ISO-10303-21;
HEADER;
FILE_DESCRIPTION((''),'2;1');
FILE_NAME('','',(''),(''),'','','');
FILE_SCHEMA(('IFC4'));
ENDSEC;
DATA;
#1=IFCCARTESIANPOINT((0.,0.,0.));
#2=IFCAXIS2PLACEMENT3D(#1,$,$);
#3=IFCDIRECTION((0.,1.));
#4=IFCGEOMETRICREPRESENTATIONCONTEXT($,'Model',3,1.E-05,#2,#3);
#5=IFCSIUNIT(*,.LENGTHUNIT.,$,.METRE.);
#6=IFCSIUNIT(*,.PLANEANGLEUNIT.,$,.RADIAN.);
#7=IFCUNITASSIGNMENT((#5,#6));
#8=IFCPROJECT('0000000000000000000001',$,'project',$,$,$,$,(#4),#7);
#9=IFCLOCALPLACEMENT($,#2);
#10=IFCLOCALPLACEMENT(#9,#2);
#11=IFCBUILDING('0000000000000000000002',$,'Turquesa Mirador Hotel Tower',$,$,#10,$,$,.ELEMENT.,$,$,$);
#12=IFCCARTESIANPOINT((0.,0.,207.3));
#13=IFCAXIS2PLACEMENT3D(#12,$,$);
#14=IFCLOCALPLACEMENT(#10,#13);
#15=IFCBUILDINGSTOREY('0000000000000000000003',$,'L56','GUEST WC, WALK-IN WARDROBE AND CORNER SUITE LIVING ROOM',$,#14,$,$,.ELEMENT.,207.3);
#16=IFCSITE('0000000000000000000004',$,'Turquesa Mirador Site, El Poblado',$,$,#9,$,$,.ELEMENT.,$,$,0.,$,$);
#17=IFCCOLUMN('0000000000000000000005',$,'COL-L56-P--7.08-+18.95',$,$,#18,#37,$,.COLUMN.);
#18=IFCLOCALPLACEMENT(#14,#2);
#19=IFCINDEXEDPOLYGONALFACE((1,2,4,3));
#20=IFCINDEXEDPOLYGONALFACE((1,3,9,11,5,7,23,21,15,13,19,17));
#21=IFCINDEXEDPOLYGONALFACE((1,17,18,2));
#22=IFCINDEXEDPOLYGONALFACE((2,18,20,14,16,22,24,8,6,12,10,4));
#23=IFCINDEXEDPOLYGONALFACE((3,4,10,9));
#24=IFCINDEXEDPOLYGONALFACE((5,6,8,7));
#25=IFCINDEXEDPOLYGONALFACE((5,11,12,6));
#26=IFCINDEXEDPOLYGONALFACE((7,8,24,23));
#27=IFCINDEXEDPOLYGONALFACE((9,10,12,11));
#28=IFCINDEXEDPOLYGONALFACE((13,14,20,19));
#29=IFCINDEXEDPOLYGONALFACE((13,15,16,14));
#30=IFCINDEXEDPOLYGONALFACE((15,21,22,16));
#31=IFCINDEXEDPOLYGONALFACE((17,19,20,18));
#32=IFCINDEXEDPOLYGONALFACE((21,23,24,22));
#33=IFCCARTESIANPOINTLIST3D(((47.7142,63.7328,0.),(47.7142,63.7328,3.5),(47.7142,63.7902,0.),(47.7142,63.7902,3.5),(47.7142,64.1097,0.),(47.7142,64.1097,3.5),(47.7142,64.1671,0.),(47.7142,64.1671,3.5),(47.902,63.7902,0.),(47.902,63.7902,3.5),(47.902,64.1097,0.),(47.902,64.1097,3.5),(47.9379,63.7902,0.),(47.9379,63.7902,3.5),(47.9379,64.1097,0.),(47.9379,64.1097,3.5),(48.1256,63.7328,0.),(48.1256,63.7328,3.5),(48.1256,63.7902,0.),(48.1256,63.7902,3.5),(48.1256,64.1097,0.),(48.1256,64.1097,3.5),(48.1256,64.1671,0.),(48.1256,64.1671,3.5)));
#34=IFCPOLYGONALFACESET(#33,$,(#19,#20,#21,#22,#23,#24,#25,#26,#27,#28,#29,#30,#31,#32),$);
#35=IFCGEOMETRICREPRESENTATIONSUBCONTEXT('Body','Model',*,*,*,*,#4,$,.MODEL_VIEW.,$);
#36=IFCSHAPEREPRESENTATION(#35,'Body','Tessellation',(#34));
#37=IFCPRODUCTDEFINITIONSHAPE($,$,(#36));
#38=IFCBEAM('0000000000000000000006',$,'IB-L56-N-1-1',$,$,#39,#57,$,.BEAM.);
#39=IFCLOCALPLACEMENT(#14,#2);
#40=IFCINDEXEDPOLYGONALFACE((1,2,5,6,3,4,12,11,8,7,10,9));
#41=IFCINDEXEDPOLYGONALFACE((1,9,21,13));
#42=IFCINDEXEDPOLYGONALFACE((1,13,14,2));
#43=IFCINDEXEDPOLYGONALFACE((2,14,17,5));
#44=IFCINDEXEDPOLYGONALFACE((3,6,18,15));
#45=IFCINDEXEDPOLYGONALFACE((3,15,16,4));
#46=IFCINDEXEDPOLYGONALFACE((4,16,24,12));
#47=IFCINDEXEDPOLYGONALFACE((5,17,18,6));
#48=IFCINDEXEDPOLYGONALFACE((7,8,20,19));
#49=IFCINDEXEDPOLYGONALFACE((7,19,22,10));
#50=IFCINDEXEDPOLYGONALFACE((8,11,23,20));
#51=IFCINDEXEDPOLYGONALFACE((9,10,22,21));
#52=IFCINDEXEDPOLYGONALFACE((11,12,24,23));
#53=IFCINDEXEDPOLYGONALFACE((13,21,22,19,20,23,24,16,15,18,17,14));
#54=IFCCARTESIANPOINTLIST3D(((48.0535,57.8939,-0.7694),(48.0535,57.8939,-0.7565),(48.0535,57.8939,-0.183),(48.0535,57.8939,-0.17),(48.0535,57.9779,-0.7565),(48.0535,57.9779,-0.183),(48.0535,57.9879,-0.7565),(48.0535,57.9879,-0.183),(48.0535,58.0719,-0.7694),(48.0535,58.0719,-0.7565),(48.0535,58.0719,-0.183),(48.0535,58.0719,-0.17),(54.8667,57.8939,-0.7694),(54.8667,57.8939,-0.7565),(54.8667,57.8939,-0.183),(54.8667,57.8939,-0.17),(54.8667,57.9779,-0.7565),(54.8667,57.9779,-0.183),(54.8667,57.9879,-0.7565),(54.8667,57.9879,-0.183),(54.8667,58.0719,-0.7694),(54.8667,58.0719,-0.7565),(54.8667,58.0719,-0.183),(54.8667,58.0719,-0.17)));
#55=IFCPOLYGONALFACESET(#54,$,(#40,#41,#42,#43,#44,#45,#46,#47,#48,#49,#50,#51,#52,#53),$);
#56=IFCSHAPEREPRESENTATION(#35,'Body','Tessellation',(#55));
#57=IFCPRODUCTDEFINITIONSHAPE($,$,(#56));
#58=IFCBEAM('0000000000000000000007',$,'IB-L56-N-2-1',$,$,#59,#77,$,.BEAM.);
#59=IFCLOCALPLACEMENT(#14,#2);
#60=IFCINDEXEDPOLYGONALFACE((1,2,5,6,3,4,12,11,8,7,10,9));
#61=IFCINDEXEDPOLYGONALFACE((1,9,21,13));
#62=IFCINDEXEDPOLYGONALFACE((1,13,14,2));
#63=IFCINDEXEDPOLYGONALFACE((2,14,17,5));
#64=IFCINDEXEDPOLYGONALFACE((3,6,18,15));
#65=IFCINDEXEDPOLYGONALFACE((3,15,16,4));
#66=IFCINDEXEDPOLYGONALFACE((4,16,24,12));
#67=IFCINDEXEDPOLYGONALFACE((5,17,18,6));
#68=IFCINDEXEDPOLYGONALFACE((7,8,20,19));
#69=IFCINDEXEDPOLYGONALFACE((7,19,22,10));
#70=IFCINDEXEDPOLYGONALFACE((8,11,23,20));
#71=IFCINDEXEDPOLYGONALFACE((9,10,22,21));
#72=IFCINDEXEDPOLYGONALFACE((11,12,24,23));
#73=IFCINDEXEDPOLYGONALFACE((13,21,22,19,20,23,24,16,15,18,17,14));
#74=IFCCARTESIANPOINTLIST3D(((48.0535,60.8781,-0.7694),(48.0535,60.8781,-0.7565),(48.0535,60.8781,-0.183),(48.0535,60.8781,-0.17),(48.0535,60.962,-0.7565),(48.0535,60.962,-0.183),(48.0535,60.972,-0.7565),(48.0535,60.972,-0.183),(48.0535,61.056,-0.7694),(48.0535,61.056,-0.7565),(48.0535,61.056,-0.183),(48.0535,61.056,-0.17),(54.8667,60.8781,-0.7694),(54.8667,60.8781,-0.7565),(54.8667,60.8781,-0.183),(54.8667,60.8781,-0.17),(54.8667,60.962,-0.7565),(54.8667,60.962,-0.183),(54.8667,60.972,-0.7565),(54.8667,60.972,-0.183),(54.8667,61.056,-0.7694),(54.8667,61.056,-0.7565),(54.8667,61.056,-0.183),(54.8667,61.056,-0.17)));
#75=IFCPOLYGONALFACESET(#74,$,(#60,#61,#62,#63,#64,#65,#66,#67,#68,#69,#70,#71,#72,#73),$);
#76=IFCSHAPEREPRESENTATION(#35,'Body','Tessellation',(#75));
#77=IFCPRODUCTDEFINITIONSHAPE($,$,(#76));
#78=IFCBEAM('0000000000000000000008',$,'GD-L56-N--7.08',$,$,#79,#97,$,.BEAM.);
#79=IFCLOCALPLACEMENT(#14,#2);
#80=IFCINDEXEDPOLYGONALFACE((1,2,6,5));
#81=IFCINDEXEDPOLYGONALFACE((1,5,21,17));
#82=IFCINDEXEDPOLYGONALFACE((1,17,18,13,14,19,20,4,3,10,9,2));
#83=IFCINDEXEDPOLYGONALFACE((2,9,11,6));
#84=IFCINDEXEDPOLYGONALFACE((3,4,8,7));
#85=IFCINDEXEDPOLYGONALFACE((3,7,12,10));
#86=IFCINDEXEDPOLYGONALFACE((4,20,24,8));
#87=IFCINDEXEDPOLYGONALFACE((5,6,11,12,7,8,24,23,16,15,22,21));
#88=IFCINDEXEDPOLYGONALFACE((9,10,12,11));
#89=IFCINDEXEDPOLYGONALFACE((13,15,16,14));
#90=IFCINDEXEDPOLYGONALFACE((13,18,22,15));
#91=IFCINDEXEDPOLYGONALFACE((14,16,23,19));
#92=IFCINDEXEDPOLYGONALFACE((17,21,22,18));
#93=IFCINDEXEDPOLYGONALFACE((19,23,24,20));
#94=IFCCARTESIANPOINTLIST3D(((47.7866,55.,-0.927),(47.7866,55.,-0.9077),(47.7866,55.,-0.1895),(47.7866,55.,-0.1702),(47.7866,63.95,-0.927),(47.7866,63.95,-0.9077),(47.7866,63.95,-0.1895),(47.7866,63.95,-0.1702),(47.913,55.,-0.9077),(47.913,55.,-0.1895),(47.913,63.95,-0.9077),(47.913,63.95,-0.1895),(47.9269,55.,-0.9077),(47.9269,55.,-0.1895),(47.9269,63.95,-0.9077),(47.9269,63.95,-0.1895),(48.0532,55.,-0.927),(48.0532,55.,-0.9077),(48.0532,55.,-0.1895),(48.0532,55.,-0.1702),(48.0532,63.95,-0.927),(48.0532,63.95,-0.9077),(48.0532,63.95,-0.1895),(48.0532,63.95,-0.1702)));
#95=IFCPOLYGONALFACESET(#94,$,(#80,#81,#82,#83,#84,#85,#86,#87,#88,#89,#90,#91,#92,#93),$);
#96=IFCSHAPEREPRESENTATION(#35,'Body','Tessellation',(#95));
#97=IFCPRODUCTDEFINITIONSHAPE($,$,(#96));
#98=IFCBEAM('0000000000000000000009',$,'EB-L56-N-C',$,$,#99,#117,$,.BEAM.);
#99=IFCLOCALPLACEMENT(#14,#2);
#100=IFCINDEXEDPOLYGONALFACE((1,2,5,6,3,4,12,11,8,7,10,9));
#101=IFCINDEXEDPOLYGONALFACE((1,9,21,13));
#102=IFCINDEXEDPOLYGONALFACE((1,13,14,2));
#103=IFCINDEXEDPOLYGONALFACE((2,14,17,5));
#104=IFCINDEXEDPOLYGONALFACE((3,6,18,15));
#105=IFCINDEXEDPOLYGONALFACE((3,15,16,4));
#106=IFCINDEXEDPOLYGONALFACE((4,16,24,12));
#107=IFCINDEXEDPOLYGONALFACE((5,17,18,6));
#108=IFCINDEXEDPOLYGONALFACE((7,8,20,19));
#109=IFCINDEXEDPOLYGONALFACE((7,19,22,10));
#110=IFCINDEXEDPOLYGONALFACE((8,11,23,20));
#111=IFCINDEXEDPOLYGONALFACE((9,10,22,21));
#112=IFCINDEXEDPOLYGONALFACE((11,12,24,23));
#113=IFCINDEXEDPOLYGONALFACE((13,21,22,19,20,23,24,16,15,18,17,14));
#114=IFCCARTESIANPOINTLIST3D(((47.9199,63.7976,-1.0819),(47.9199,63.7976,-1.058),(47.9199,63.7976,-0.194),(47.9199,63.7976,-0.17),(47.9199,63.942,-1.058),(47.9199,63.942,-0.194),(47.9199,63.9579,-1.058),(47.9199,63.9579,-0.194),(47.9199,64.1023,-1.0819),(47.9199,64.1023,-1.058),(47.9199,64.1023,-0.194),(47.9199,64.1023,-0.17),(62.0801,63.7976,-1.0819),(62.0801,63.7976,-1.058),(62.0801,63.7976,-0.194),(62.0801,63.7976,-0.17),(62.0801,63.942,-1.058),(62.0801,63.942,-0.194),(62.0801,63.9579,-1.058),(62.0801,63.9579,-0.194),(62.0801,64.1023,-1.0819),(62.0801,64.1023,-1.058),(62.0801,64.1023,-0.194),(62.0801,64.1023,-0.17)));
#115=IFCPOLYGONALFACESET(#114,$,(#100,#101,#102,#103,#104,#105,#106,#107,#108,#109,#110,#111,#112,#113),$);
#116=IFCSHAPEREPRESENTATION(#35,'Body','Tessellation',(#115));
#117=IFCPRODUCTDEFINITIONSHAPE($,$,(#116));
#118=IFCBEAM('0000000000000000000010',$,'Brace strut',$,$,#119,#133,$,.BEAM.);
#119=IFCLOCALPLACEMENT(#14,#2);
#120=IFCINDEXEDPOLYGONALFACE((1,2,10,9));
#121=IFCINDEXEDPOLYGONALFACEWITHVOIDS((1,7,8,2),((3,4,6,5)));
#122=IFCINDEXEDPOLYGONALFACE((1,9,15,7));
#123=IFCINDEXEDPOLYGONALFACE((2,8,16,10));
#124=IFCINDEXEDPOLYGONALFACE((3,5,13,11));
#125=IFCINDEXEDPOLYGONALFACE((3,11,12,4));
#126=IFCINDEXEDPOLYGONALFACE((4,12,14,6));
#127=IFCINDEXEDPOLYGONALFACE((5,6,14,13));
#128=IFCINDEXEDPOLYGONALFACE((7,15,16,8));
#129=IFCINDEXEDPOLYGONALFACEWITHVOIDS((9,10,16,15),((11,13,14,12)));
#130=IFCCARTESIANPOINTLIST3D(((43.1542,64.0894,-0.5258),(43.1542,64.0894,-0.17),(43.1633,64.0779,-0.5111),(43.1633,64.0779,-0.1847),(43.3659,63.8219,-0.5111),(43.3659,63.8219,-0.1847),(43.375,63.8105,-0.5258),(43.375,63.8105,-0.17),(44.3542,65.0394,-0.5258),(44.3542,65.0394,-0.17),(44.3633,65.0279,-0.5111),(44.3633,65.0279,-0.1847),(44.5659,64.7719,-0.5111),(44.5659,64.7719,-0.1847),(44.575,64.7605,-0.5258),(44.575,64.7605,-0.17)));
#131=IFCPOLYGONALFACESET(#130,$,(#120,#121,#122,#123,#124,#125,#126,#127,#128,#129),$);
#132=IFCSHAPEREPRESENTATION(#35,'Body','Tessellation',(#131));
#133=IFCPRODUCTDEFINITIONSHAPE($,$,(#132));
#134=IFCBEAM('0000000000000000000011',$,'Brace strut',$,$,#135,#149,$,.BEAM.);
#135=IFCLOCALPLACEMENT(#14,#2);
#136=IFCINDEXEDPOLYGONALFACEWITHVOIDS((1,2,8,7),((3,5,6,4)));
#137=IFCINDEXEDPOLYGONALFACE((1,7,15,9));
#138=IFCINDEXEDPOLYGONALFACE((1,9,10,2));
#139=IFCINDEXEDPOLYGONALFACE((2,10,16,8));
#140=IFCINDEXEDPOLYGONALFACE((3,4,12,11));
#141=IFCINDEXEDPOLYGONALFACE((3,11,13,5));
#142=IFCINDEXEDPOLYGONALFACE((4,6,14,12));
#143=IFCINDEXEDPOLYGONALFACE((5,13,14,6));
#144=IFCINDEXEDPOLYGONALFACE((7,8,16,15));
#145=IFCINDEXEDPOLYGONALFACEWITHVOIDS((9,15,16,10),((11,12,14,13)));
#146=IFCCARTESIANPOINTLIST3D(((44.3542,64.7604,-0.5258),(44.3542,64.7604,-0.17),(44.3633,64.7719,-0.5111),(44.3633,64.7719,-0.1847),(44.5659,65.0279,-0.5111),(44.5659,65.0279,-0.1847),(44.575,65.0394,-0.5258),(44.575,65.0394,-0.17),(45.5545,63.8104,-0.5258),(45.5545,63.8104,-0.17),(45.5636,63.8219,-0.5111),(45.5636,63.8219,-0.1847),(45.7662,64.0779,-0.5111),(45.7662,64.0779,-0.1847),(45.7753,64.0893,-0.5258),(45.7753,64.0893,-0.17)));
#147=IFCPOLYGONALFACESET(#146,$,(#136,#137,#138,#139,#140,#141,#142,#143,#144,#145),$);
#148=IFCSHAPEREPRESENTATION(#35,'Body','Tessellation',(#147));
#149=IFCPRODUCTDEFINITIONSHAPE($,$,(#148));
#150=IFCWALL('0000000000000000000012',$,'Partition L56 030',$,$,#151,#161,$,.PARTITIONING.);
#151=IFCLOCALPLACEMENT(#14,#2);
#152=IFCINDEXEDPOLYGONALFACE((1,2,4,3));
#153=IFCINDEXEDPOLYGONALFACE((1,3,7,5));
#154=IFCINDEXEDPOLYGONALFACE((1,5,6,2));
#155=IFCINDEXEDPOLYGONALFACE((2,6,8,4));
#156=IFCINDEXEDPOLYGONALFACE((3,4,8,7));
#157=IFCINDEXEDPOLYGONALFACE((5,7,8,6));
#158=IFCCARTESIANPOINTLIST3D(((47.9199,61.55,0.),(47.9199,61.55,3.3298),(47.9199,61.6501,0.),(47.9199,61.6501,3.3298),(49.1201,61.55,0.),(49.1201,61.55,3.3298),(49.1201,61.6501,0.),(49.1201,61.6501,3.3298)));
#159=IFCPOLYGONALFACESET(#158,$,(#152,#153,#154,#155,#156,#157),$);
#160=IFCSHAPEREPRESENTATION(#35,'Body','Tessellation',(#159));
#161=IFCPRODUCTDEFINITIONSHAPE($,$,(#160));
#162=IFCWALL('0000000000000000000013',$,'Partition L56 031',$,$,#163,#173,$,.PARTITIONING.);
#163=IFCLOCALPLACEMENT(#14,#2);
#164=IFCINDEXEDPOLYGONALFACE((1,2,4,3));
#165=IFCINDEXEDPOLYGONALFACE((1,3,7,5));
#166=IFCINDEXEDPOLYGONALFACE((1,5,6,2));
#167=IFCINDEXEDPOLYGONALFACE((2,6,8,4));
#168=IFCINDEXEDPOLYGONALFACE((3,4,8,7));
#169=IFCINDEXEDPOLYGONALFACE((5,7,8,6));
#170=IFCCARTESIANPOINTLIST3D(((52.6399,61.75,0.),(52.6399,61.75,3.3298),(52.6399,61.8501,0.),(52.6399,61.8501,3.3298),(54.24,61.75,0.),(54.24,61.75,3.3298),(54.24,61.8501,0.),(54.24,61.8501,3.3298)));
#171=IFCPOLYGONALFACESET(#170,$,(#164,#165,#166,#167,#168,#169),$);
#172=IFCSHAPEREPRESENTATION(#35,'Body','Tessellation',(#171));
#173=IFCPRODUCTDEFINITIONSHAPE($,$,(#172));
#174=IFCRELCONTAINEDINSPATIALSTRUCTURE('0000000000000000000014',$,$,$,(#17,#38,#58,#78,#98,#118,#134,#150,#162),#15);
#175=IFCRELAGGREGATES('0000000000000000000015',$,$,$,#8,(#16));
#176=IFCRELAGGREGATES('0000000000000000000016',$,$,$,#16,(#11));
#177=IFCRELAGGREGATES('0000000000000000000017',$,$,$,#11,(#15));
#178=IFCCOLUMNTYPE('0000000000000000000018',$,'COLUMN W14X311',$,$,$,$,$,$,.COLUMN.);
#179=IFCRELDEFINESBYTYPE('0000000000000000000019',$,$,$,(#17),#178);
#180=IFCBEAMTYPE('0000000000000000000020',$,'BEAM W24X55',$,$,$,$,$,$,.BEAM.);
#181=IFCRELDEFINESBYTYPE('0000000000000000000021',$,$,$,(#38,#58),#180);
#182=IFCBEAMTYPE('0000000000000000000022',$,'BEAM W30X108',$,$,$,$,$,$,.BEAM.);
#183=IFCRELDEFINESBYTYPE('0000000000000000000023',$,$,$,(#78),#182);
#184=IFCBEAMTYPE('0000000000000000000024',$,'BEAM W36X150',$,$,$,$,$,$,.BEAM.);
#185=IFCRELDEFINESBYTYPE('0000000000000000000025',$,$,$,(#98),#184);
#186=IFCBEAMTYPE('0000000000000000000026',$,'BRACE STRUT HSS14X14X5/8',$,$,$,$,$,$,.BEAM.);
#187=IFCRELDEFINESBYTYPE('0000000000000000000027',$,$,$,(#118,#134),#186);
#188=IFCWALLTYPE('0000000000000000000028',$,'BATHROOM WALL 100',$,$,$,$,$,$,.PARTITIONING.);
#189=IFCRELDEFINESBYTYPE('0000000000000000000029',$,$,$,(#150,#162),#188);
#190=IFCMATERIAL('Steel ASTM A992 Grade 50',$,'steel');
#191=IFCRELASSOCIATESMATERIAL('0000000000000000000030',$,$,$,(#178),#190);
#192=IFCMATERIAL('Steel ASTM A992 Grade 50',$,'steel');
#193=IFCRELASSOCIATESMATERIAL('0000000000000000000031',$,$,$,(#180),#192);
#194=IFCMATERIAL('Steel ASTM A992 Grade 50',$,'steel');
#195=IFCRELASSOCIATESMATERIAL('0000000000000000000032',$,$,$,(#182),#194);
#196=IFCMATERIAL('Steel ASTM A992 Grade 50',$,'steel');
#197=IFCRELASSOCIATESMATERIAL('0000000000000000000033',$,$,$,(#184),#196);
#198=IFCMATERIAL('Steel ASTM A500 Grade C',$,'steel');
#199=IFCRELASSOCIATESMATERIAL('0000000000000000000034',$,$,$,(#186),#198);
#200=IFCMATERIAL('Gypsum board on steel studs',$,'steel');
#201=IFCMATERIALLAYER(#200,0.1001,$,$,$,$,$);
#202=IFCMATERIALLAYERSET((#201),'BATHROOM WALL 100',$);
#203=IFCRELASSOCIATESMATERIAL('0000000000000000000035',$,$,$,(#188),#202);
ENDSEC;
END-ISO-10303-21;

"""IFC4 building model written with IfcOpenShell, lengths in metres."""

from ifc_helpers import new_model, si_unit, direction, frame, frame_2d, origin, origin_2d, place, context, subcontext, project, spatial, rectangle, hollow_rectangle, i_section, extrude, material, layer, layer_set, material_profile, profile_set, type_object, element, save


model = new_model("IFC4")

# Units and contexts
model_context = context("Model", 3, precision=1e-05, world=origin(), true_north=direction((0.0, 1.0)))
body_context = subcontext(model_context, "Body", "Model", "MODEL_VIEW")
ifc_project = project(units=[si_unit("LENGTHUNIT", "METRE"), si_unit("PLANEANGLEUNIT", "RADIAN")], contexts=[model_context])

# Site, building, storey
site_placement = place(None, origin())
site = spatial("IfcSite", under=ifc_project, at=site_placement, Name="Turquesa Mirador Site, El Poblado", CompositionType="ELEMENT", RefElevation=0.0)
building_placement = place(site_placement, origin())
building = spatial("IfcBuilding", under=site, at=building_placement, Name="Turquesa Mirador Hotel Tower", CompositionType="ELEMENT")
storey_placement = place(building_placement, frame((0.0, 0.0, 207.3)))
storey = spatial("IfcBuildingStorey", under=building, at=storey_placement, Name="L56", Description="GUEST WC, WALK-IN WARDROBE AND CORNER SUITE LIVING ROOM", CompositionType="ELEMENT", Elevation=207.3)

# Column
ifc_material_1 = material(Name="Steel ASTM A992 Grade 50", Category="steel")
ifc_material_profile_1 = material_profile(ifc_material_1, i_section(OverallWidth=0.4114, OverallDepth=0.4343, WebThickness=0.0359, FlangeThickness=0.0574, at=origin_2d()), Name="W14X311")
ifc_profile_set_1 = profile_set([ifc_material_profile_1], Name="Steel ASTM A992 Grade 50")
column_type = type_object("IfcColumnType", Name="COLUMN W14X311", PredefinedType="COLUMN", material=ifc_profile_set_1)
column_placement = place(storey_placement, frame((47.9199, 63.95, 0.0), z_axis=(0.0, 0.0, 1.0), x_axis=(1.0, 0.0, 0.0)))
element("IfcColumn", 1, at=column_placement, inside=storey, type_object=column_type, Name="COL-L56-P--7.08-+18.95", PredefinedType="COLUMN", context=body_context, shape_type="SweptSolid", body=[
    extrude(i_section(OverallWidth=0.4114, OverallDepth=0.4343, WebThickness=0.0359, FlangeThickness=0.0574, at=origin_2d()), origin(), (0.0, 0.0, 1.0), 3.5),
])

# Beams
ifc_material_2 = material(Name="Steel ASTM A992 Grade 50", Category="steel")
ifc_material_profile_2 = material_profile(ifc_material_2, i_section(OverallWidth=0.178, OverallDepth=0.5994, WebThickness=0.01, FlangeThickness=0.0129, at=origin_2d()), Name="W24X55")
ifc_profile_set_2 = profile_set([ifc_material_profile_2], Name="Steel ASTM A992 Grade 50")
beam_type_1 = type_object("IfcBeamType", Name="BEAM W24X55", PredefinedType="BEAM", material=ifc_profile_set_2)
for number, where, z_axis, x_axis, name in (
    (2, (48.0535, 57.9829, -0.4697), (1.0, 0.0, 0.0), (0.0, 1.0, 0.0), "IB-L56-N-1-1"),
    (3, (48.0535, 60.967, -0.4697), (1.0, 0.0, 0.0), (0.0, 1.0, 0.0), "IB-L56-N-2-1"),
):
    element("IfcBeam", number, at=place(storey_placement, frame(where, z_axis=z_axis, x_axis=x_axis)), inside=storey, type_object=beam_type_1, Name=name, PredefinedType="BEAM", context=body_context, shape_type="SweptSolid", body=[
        extrude(i_section(OverallWidth=0.178, OverallDepth=0.5994, WebThickness=0.01, FlangeThickness=0.0129, at=origin_2d()), origin(), (0.0, 0.0, 1.0), 6.8132),
    ])
ifc_material_3 = material(Name="Steel ASTM A992 Grade 50", Category="steel")
ifc_material_profile_3 = material_profile(ifc_material_3, i_section(OverallWidth=0.2666, OverallDepth=0.7568, WebThickness=0.0139, FlangeThickness=0.0193, at=origin_2d()), Name="W30X108")
ifc_profile_set_3 = profile_set([ifc_material_profile_3], Name="Steel ASTM A992 Grade 50")
beam_type_2 = type_object("IfcBeamType", Name="BEAM W30X108", PredefinedType="BEAM", material=ifc_profile_set_3)
beam_1_placement = place(storey_placement, frame((47.9199, 63.95, -0.5486), z_axis=(0.0, -1.0, 0.0), x_axis=(1.0, 0.0, 0.0)))
element("IfcBeam", 4, at=beam_1_placement, inside=storey, type_object=beam_type_2, Name="GD-L56-N--7.08", PredefinedType="BEAM", context=body_context, shape_type="SweptSolid", body=[
    extrude(i_section(OverallWidth=0.2666, OverallDepth=0.7568, WebThickness=0.0139, FlangeThickness=0.0193, at=origin_2d()), origin(), (0.0, 0.0, 1.0), 8.95),
])
ifc_material_4 = material(Name="Steel ASTM A992 Grade 50", Category="steel")
ifc_material_profile_4 = material_profile(ifc_material_4, i_section(OverallWidth=0.3047, OverallDepth=0.9119, WebThickness=0.0159, FlangeThickness=0.0239, at=origin_2d()), Name="W36X150")
ifc_profile_set_4 = profile_set([ifc_material_profile_4], Name="Steel ASTM A992 Grade 50")
beam_type_3 = type_object("IfcBeamType", Name="BEAM W36X150", PredefinedType="BEAM", material=ifc_profile_set_4)
beam_2_placement = place(storey_placement, frame((47.9199, 63.95, -0.626), z_axis=(1.0, 0.0, 0.0), x_axis=(0.0, 1.0, 0.0)))
element("IfcBeam", 5, at=beam_2_placement, inside=storey, type_object=beam_type_3, Name="EB-L56-N-C", PredefinedType="BEAM", context=body_context, shape_type="SweptSolid", body=[
    extrude(i_section(OverallWidth=0.3047, OverallDepth=0.9119, WebThickness=0.0159, FlangeThickness=0.0239, at=origin_2d()), origin(), (0.0, 0.0, 1.0), 14.1602),
])
ifc_material_5 = material(Name="Steel ASTM A500 Grade C", Category="steel")
ifc_material_profile_5 = material_profile(ifc_material_5, hollow_rectangle(XDim=0.3557, YDim=0.3557, WallThickness=0.0146, at=origin_2d()), Name="HSS14X14X5/8")
ifc_profile_set_5 = profile_set([ifc_material_profile_5], Name="Steel ASTM A500 Grade C")
beam_type_4 = type_object("IfcBeamType", Name="BRACE STRUT HSS14X14X5/8", PredefinedType="BEAM", material=ifc_profile_set_5)
beam_3_placement = place(storey_placement, frame((44.4646, 64.8999, -0.3479), z_axis=(-0.784049, -0.620699, 0.0), x_axis=(0.620699, -0.784049, 0.0)))
element("IfcBeam", 6, at=beam_3_placement, inside=storey, type_object=beam_type_4, Name="Brace strut", PredefinedType="BEAM", context=body_context, shape_type="SweptSolid", body=[
    extrude(hollow_rectangle(XDim=0.3557, YDim=0.3557, WallThickness=0.0146, at=origin_2d()), origin(), (0.0, 0.0, 1.0), 1.5305),
])
beam_4_placement = place(storey_placement, frame((44.4646, 64.8999, -0.3479), z_axis=(0.784111, -0.620621, 0.0), x_axis=(0.620621, 0.784111, 0.0)))
element("IfcBeam", 7, at=beam_4_placement, inside=storey, type_object=beam_type_4, Name="Brace strut", PredefinedType="BEAM", context=body_context, shape_type="SweptSolid", body=[
    extrude(hollow_rectangle(XDim=0.3557, YDim=0.3557, WallThickness=0.0146, at=origin_2d()), origin(), (0.0, 0.0, 1.0), 1.5308),
])

# Walls
ifc_material_6 = material(Name="Gypsum board on steel studs", Category="steel")
ifc_layer_1 = layer(ifc_material_6, 0.1001)
ifc_layer_set_1 = layer_set([ifc_layer_1], Name="BATHROOM WALL 100")
wall_type_1 = type_object("IfcWallType", Name="BATHROOM WALL 100", PredefinedType="PARTITIONING", material=ifc_layer_set_1)
wall_1_placement = place(storey_placement, frame((47.9199, 61.6001, 0.0), z_axis=(0.0, 0.0, 1.0), x_axis=(1.0, 0.0, 0.0)))
element("IfcWall", 8, at=wall_1_placement, inside=storey, type_object=wall_type_1, Name="Partition L56 030", PredefinedType="PARTITIONING", context=body_context, shape_type="SweptSolid", body=[
    extrude(rectangle(XDim=1.2002, YDim=0.1001, at=frame_2d((0.6001, 0.0))), origin(), (0.0, 0.0, 1.0), 3.3298),
])
wall_2_placement = place(storey_placement, frame((52.6399, 61.8, 0.0), z_axis=(0.0, 0.0, 1.0), x_axis=(1.0, 0.0, 0.0)))
element("IfcWall", 9, at=wall_2_placement, inside=storey, type_object=wall_type_1, Name="Partition L56 031", PredefinedType="PARTITIONING", context=body_context, shape_type="SweptSolid", body=[
    extrude(rectangle(XDim=1.6001, YDim=0.1001, at=frame_2d((0.8, 0.0))), origin(), (0.0, 0.0, 1.0), 3.3298),
])

save(model, "model.ifc")
